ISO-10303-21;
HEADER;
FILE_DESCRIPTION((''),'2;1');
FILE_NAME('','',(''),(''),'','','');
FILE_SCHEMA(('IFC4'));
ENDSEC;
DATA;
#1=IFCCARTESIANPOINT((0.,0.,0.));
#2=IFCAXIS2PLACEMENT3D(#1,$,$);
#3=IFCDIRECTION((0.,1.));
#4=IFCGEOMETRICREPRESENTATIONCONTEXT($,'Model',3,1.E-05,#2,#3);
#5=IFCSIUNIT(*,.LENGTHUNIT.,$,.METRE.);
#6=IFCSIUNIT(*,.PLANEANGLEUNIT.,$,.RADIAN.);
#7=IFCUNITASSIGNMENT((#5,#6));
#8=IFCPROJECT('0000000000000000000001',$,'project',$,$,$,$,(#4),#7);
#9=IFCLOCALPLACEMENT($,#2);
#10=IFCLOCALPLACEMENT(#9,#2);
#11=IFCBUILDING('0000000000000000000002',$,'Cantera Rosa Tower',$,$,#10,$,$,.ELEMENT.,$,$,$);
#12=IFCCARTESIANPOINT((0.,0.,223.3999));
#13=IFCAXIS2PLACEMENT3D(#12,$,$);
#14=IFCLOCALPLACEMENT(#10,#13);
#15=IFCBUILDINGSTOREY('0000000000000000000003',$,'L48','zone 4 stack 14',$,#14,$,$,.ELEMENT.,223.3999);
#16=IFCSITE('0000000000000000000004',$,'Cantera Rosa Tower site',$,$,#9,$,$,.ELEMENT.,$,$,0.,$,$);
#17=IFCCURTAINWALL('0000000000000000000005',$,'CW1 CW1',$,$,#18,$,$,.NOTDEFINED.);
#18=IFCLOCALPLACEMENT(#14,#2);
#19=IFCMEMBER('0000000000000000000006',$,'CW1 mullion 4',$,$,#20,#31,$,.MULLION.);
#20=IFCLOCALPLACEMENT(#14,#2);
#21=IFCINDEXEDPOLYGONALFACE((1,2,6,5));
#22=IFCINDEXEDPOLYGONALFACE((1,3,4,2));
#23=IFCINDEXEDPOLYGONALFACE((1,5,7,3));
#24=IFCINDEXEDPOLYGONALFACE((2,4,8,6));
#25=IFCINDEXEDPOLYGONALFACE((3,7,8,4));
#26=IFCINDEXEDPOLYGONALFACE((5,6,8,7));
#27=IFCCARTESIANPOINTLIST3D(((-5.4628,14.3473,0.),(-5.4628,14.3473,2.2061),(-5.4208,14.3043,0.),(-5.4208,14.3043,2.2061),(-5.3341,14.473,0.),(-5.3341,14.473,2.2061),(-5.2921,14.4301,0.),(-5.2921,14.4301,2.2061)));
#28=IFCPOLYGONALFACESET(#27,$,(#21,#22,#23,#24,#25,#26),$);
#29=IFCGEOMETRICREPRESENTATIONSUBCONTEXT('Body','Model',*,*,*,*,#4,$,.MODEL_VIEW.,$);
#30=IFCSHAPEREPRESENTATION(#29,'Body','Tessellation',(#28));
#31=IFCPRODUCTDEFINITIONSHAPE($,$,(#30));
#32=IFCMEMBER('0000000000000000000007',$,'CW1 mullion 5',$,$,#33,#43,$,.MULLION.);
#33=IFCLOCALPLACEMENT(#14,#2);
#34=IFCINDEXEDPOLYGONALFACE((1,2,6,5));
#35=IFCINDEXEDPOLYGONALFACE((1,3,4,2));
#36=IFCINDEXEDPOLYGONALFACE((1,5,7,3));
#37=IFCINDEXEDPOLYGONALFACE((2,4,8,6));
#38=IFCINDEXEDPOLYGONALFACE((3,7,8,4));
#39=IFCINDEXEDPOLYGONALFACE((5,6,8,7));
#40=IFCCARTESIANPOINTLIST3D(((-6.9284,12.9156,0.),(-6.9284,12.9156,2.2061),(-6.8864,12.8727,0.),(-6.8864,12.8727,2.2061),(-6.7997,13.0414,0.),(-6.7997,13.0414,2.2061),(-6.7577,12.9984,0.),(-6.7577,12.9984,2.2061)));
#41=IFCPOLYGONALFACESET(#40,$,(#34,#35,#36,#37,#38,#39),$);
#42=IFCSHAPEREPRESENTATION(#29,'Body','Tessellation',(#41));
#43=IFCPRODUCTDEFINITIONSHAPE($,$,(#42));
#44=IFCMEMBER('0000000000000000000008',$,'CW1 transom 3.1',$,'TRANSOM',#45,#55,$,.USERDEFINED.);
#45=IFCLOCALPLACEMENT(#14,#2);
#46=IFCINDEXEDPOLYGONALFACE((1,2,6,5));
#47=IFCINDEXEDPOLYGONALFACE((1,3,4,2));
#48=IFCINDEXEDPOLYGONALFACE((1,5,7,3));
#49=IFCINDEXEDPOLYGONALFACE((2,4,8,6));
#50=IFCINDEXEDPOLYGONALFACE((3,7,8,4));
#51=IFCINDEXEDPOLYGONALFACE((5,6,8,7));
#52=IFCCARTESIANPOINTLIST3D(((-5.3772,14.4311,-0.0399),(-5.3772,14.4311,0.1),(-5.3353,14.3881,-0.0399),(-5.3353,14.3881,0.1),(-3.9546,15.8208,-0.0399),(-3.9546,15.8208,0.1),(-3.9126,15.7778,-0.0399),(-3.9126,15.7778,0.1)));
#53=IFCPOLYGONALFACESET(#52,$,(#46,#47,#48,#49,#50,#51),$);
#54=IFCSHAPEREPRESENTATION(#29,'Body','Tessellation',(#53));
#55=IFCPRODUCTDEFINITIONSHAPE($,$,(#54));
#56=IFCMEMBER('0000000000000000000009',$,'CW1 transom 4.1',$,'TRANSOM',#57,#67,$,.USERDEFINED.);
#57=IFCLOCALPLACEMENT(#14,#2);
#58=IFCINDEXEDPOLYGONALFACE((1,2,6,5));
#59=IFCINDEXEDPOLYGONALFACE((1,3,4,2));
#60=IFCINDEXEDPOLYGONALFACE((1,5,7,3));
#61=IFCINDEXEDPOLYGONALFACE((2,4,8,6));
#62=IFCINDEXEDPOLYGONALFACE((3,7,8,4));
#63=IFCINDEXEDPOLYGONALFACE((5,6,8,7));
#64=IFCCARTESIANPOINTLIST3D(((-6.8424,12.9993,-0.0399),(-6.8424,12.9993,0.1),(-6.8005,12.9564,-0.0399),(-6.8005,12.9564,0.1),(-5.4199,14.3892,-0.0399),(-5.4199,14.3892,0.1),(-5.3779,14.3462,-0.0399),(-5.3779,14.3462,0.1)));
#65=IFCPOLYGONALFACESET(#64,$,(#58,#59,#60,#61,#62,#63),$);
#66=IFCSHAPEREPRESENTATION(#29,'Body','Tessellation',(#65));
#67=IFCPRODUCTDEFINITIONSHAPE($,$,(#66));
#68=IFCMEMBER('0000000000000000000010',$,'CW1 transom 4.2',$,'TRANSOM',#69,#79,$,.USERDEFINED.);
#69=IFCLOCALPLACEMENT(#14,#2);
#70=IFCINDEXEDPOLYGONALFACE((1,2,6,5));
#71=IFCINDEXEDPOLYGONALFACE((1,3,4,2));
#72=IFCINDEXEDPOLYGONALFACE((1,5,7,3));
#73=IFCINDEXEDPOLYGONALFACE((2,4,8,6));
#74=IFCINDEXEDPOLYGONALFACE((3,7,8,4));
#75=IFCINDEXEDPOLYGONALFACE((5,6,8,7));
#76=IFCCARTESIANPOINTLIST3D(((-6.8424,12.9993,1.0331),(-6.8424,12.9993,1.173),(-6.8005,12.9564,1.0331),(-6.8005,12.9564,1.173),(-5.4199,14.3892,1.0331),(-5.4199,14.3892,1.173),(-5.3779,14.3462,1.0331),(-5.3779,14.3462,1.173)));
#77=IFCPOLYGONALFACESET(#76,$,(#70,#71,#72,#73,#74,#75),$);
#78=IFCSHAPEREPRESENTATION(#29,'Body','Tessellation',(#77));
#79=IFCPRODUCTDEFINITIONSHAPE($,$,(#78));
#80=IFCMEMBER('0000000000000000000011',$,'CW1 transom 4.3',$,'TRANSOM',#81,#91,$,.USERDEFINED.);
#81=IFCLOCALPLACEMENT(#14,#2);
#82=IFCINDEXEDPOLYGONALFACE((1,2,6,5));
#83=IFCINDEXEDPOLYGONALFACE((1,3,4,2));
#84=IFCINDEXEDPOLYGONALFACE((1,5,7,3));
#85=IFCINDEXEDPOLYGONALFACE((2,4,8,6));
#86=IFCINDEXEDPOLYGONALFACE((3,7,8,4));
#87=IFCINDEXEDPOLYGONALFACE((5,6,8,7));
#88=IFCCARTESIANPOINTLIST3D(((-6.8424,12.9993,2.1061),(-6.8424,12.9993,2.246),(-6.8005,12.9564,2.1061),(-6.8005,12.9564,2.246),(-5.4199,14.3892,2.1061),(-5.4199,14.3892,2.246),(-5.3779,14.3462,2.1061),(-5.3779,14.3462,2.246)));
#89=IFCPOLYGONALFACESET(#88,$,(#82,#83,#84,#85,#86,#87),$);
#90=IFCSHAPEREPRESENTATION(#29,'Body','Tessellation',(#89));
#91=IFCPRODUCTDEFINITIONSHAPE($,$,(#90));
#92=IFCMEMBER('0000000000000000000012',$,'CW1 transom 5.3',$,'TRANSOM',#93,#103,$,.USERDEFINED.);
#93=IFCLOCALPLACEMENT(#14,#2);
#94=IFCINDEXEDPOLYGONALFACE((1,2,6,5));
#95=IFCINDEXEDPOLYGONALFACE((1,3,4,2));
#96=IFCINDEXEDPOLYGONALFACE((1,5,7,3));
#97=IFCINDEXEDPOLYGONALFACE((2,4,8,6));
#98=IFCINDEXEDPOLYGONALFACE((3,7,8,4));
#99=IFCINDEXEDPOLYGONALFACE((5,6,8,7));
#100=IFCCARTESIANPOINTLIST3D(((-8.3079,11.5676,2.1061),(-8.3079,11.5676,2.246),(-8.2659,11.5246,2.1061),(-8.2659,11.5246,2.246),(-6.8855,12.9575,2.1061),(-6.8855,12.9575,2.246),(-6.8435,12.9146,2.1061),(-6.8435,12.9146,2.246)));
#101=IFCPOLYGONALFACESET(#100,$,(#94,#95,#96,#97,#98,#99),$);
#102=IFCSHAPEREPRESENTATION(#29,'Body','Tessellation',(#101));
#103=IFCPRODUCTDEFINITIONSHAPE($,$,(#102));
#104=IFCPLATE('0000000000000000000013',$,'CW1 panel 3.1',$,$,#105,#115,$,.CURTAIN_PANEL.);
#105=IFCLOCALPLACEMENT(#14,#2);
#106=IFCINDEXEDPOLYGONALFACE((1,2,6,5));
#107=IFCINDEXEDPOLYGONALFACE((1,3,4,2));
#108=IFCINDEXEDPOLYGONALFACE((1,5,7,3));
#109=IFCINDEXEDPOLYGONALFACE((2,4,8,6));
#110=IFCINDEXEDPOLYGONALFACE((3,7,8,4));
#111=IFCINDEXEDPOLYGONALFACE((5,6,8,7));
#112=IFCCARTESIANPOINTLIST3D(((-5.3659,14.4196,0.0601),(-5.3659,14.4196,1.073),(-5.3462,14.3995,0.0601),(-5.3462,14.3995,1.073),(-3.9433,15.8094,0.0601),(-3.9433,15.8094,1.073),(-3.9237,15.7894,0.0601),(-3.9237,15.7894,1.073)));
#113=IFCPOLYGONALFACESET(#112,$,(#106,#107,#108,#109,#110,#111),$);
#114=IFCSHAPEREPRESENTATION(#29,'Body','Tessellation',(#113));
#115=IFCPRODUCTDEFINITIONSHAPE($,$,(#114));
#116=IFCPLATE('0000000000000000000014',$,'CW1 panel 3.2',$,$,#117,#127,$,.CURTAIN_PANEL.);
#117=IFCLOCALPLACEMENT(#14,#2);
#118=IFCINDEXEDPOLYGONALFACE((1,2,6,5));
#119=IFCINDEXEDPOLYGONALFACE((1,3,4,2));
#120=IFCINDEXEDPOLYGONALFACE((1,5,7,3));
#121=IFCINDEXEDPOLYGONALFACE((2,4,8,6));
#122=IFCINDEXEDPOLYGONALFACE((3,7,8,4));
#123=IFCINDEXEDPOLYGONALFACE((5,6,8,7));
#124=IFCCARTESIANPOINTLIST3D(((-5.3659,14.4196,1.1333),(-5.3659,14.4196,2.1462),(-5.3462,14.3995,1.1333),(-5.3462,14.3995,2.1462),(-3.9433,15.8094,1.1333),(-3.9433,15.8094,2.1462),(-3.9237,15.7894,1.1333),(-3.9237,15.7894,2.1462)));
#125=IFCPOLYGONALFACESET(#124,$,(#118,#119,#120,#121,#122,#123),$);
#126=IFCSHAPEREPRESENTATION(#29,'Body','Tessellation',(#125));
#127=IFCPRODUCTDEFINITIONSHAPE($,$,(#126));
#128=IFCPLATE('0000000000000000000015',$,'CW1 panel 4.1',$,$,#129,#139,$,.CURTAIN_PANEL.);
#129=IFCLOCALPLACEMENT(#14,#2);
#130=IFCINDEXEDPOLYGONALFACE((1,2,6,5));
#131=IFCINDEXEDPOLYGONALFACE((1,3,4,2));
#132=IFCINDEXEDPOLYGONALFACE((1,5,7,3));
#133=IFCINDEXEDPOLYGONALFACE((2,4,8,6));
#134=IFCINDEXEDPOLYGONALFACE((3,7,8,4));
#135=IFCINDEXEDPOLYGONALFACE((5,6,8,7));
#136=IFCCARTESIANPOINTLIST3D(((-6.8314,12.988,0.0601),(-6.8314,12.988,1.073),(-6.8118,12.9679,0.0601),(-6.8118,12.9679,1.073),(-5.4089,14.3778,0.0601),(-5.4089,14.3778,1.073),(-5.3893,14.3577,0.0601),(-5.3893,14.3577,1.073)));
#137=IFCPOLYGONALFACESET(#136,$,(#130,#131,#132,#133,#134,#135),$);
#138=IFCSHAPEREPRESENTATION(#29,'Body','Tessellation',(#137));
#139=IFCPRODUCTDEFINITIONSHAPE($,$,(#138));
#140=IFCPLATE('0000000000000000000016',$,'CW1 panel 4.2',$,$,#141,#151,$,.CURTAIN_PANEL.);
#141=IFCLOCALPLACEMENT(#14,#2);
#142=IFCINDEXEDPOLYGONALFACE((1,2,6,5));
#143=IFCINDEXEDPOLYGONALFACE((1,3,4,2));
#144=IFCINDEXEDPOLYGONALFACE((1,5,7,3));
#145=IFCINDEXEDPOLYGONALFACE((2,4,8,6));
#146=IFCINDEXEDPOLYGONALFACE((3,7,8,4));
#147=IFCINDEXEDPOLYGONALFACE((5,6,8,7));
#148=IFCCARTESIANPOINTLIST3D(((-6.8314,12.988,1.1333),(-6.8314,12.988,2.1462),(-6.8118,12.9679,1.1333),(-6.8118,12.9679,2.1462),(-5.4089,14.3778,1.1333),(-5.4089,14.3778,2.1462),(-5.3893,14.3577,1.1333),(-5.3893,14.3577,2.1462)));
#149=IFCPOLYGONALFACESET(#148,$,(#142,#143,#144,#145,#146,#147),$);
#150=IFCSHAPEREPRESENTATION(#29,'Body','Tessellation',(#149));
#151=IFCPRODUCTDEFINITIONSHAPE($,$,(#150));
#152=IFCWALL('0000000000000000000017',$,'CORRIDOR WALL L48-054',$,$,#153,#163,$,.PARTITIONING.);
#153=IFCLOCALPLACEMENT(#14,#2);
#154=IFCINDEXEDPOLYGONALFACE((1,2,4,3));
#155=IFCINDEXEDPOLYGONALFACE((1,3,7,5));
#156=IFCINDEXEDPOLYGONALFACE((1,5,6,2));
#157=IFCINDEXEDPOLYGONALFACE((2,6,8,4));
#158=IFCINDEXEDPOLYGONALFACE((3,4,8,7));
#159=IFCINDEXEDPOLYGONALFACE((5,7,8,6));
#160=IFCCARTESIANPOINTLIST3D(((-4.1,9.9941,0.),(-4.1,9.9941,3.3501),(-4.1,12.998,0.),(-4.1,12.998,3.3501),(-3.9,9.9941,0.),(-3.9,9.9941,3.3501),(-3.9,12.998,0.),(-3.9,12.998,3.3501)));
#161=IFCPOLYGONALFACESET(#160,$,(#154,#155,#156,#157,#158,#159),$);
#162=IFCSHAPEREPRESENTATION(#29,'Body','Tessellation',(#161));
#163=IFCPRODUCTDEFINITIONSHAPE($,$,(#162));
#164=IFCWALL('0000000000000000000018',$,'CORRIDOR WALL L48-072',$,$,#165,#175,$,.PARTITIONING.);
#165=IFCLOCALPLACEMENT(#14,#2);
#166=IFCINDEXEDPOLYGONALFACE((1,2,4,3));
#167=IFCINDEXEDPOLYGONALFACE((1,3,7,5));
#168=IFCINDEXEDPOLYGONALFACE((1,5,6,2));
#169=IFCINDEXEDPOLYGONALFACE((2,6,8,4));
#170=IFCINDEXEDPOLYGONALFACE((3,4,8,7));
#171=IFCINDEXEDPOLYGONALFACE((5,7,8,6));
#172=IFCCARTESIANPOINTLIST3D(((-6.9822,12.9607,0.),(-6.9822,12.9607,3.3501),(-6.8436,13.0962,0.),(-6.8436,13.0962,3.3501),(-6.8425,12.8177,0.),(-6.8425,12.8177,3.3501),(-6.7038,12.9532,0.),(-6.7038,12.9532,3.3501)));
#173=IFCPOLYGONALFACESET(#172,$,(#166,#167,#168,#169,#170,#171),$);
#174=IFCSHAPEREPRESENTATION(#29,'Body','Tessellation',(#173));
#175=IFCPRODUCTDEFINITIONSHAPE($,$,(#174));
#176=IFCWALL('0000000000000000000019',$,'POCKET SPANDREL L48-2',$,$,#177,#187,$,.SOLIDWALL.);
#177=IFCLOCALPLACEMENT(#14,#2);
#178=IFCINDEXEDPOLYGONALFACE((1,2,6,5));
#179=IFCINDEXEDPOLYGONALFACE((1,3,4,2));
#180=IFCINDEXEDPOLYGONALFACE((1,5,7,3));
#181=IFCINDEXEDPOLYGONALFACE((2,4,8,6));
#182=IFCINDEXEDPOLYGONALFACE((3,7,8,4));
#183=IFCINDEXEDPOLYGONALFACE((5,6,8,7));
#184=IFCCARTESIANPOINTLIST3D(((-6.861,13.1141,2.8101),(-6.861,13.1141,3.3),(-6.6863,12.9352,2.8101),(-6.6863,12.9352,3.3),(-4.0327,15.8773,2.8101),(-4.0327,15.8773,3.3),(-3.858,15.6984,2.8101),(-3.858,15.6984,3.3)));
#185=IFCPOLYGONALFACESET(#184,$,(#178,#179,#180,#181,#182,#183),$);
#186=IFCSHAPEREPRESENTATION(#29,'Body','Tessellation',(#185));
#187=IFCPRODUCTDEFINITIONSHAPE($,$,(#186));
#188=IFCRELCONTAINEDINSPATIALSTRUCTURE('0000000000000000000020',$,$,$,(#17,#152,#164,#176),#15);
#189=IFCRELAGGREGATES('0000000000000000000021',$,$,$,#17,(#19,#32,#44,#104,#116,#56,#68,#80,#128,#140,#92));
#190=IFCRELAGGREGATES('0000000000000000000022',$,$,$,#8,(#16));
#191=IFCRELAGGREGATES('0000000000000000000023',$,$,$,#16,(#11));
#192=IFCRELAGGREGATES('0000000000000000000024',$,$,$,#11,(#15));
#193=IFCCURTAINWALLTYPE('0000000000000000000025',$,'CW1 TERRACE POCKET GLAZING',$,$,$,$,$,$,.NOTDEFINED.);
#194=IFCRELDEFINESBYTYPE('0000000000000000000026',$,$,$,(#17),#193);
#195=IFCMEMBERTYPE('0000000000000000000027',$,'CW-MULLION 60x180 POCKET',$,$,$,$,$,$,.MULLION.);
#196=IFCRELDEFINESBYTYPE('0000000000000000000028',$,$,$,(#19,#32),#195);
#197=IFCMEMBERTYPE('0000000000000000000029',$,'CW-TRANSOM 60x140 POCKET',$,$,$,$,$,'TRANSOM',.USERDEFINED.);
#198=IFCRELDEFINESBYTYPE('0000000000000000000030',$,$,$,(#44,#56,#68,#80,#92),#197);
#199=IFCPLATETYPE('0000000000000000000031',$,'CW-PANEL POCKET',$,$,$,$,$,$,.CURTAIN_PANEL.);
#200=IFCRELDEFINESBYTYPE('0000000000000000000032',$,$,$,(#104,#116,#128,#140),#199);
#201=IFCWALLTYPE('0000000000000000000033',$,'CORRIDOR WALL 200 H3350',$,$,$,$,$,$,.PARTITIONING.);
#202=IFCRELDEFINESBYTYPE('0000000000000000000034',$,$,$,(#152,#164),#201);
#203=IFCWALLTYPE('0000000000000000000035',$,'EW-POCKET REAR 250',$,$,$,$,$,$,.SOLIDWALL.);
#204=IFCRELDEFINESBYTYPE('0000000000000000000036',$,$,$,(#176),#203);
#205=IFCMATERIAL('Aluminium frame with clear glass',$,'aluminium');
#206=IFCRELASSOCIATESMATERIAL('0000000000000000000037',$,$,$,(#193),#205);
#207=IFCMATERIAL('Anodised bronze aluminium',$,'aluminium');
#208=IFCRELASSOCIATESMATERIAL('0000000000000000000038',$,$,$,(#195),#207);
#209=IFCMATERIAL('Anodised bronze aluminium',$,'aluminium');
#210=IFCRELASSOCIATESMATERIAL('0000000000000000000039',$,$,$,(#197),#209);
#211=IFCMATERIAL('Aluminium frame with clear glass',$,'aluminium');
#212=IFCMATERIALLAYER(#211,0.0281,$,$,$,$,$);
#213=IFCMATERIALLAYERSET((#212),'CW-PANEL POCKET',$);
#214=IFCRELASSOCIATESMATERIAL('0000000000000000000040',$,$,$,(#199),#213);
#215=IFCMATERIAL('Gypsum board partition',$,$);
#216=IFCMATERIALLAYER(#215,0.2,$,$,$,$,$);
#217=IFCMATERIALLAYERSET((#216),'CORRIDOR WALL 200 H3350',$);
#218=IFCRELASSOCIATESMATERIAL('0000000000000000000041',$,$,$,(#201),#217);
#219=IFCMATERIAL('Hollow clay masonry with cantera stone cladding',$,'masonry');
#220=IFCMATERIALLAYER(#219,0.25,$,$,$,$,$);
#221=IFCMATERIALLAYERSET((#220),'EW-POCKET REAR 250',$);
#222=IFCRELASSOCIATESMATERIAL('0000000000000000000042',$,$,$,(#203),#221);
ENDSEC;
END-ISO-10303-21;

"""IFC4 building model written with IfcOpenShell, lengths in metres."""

from ifc_helpers import new_model, si_unit, direction, frame, frame_2d, origin, origin_2d, place, context, subcontext, project, spatial, rectangle, extrude, material, layer, layer_set, material_profile, profile_set, type_object, element, aggregate, save


model = new_model("IFC4")

# Units and contexts
model_context = context("Model", 3, precision=1e-05, world=origin(), true_north=direction((0.0, 1.0)))
body_context = subcontext(model_context, "Body", "Model", "MODEL_VIEW")
ifc_project = project(units=[si_unit("LENGTHUNIT", "METRE"), si_unit("PLANEANGLEUNIT", "RADIAN")], contexts=[model_context])

# Site, building, storey
site_placement = place(None, origin())
site = spatial("IfcSite", under=ifc_project, at=site_placement, Name="Cantera Rosa Tower site", CompositionType="ELEMENT", RefElevation=0.0)
building_placement = place(site_placement, origin())
building = spatial("IfcBuilding", under=site, at=building_placement, Name="Cantera Rosa Tower", CompositionType="ELEMENT")
storey_placement = place(building_placement, frame((0.0, 0.0, 223.3999)))
storey = spatial("IfcBuildingStorey", under=building, at=storey_placement, Name="L48", Description="zone 4 stack 14", CompositionType="ELEMENT", Elevation=223.3999)

# Curtain wall, members, plates
ifc_material_1 = material(Name="Aluminium frame with clear glass", Category="aluminium")
curtain_wall_type = type_object("IfcCurtainWallType", Name="CW1 TERRACE POCKET GLAZING", PredefinedType="NOTDEFINED", material=ifc_material_1)
curtain_wall_placement = place(storey_placement, origin())
curtain_wall = element("IfcCurtainWall", 1, at=curtain_wall_placement, inside=storey, type_object=curtain_wall_type, Name="CW1 CW1", PredefinedType="NOTDEFINED")
ifc_material_2 = material(Name="Anodised bronze aluminium", Category="aluminium")
ifc_material_profile_1 = material_profile(ifc_material_2, rectangle(XDim=0.0601, YDim=0.1799, at=origin_2d()), Name="CW-MULLION 60x180 POCKET")
ifc_profile_set_1 = profile_set([ifc_material_profile_1], Name="Anodised bronze aluminium")
member_type_1 = type_object("IfcMemberType", Name="CW-MULLION 60x180 POCKET", PredefinedType="MULLION", material=ifc_profile_set_1)
member_1_placement = place(storey_placement, frame((-5.3774, 14.3887, 0.0), z_axis=(0.0, 0.0, 1.0), x_axis=(0.698832, -0.715286, 0.0)))
member_1 = element("IfcMember", 2, at=member_1_placement, type_object=member_type_1, Name="CW1 mullion 4", PredefinedType="MULLION", context=body_context, shape_type="SweptSolid", body=[
    extrude(rectangle(XDim=0.0601, YDim=0.1799, at=origin_2d()), origin(), (0.0, 0.0, 1.0), 2.2061),
])
member_2_placement = place(storey_placement, frame((-6.843, 12.957, 0.0), z_axis=(0.0, 0.0, 1.0), x_axis=(0.698832, -0.715286, 0.0)))
member_2 = element("IfcMember", 3, at=member_2_placement, type_object=member_type_1, Name="CW1 mullion 5", PredefinedType="MULLION", context=body_context, shape_type="SweptSolid", body=[
    extrude(rectangle(XDim=0.0601, YDim=0.1799, at=origin_2d()), origin(), (0.0, 0.0, 1.0), 2.2061),
])
ifc_material_3 = material(Name="Anodised bronze aluminium", Category="aluminium")
ifc_material_profile_2 = material_profile(ifc_material_3, rectangle(XDim=0.0601, YDim=0.1399, at=origin_2d()), Name="CW-TRANSOM 60x140 POCKET")
ifc_profile_set_2 = profile_set([ifc_material_profile_2], Name="Anodised bronze aluminium")
member_type_2 = type_object("IfcMemberType", Name="CW-TRANSOM 60x140 POCKET", ElementType="TRANSOM", PredefinedType="USERDEFINED", material=ifc_profile_set_2)
member_3_placement = place(storey_placement, frame((-3.9336, 15.7993, 0.03), z_axis=(-0.715345, -0.698772, 0.0), x_axis=(0.698772, -0.715345, 0.0)))
member_3 = element("IfcMember", 4, at=member_3_placement, type_object=member_type_2, Name="CW1 transom 3.1", ObjectType="TRANSOM", PredefinedType="USERDEFINED", context=body_context, shape_type="SweptSolid", body=[
    extrude(rectangle(XDim=0.0601, YDim=0.1399, at=origin_2d()), origin(), (0.0, 0.0, 1.0), 1.9888),
])
member_4_placement = place(storey_placement, frame((-5.3989, 14.3677, 0.03), z_axis=(-0.715283, -0.698834, 0.0), x_axis=(0.698834, -0.715283, 0.0)))
member_4 = element("IfcMember", 5, at=member_4_placement, type_object=member_type_2, Name="CW1 transom 4.1", ObjectType="TRANSOM", PredefinedType="USERDEFINED", context=body_context, shape_type="SweptSolid", body=[
    extrude(rectangle(XDim=0.0601, YDim=0.1399, at=origin_2d()), origin(), (0.0, 0.0, 1.0), 1.9888),
])
member_5_placement = place(storey_placement, frame((-5.3989, 14.3677, 1.103), z_axis=(-0.715283, -0.698834, 0.0), x_axis=(0.698834, -0.715283, 0.0)))
member_5 = element("IfcMember", 6, at=member_5_placement, type_object=member_type_2, Name="CW1 transom 4.2", ObjectType="TRANSOM", PredefinedType="USERDEFINED", context=body_context, shape_type="SweptSolid", body=[
    extrude(rectangle(XDim=0.0601, YDim=0.1399, at=origin_2d()), origin(), (0.0, 0.0, 1.0), 1.9888),
])
member_6_placement = place(storey_placement, frame((-5.3989, 14.3677, 2.176), z_axis=(-0.715283, -0.698834, 0.0), x_axis=(0.698834, -0.715283, 0.0)))
member_6 = element("IfcMember", 7, at=member_6_placement, type_object=member_type_2, Name="CW1 transom 4.3", ObjectType="TRANSOM", PredefinedType="USERDEFINED", context=body_context, shape_type="SweptSolid", body=[
    extrude(rectangle(XDim=0.0601, YDim=0.1399, at=origin_2d()), origin(), (0.0, 0.0, 1.0), 1.9888),
])
member_7_placement = place(storey_placement, frame((-6.8645, 12.936, 2.176), z_axis=(-0.715223, -0.698896, 0.0), x_axis=(0.698896, -0.715223, 0.0)))
member_7 = element("IfcMember", 8, at=member_7_placement, type_object=member_type_2, Name="CW1 transom 5.3", ObjectType="TRANSOM", PredefinedType="USERDEFINED", context=body_context, shape_type="SweptSolid", body=[
    extrude(rectangle(XDim=0.0601, YDim=0.1399, at=origin_2d()), origin(), (0.0, 0.0, 1.0), 1.9888),
])
ifc_material_4 = material(Name="Aluminium frame with clear glass", Category="aluminium")
ifc_layer_1 = layer(ifc_material_4, 0.0281)
ifc_layer_set_1 = layer_set([ifc_layer_1], Name="CW-PANEL POCKET")
plate_type = type_object("IfcPlateType", Name="CW-PANEL POCKET", PredefinedType="CURTAIN_PANEL", material=ifc_layer_set_1)
plate_1_placement = place(storey_placement, frame((-4.6448, 15.1045, 0.0601), z_axis=(0.0, 0.0, 1.0), x_axis=(-0.715286, -0.698832, 0.0)))
plate_1 = element("IfcPlate", 9, at=plate_1_placement, type_object=plate_type, Name="CW1 panel 3.1", PredefinedType="CURTAIN_PANEL", context=body_context, shape_type="SweptSolid", body=[
    extrude(rectangle(XDim=1.9888, YDim=0.0281, at=origin_2d()), origin(), (0.0, 0.0, 1.0), 1.0129),
])
plate_2_placement = place(storey_placement, frame((-4.6448, 15.1045, 1.1333), z_axis=(0.0, 0.0, 1.0), x_axis=(-0.715286, -0.698832, 0.0)))
plate_2 = element("IfcPlate", 10, at=plate_2_placement, type_object=plate_type, Name="CW1 panel 3.2", PredefinedType="CURTAIN_PANEL", context=body_context, shape_type="SweptSolid", body=[
    extrude(rectangle(XDim=1.9888, YDim=0.0281, at=origin_2d()), origin(), (0.0, 0.0, 1.0), 1.0129),
])
plate_3_placement = place(storey_placement, frame((-6.1104, 13.6729, 0.0601), z_axis=(0.0, 0.0, 1.0), x_axis=(-0.715286, -0.698832, 0.0)))
plate_3 = element("IfcPlate", 11, at=plate_3_placement, type_object=plate_type, Name="CW1 panel 4.1", PredefinedType="CURTAIN_PANEL", context=body_context, shape_type="SweptSolid", body=[
    extrude(rectangle(XDim=1.9888, YDim=0.0281, at=origin_2d()), origin(), (0.0, 0.0, 1.0), 1.0129),
])
plate_4_placement = place(storey_placement, frame((-6.1104, 13.6729, 1.1333), z_axis=(0.0, 0.0, 1.0), x_axis=(-0.715286, -0.698832, 0.0)))
plate_4 = element("IfcPlate", 12, at=plate_4_placement, type_object=plate_type, Name="CW1 panel 4.2", PredefinedType="CURTAIN_PANEL", context=body_context, shape_type="SweptSolid", body=[
    extrude(rectangle(XDim=1.9888, YDim=0.0281, at=origin_2d()), origin(), (0.0, 0.0, 1.0), 1.0129),
])
aggregate(curtain_wall, [member_1, member_2, member_3, plate_1, plate_2, member_4, member_5, member_6, plate_3, plate_4, member_7])

# Walls
ifc_material_5 = material(Name="Gypsum board partition")
ifc_layer_2 = layer(ifc_material_5, 0.2)
ifc_layer_set_2 = layer_set([ifc_layer_2], Name="CORRIDOR WALL 200 H3350")
wall_type_1 = type_object("IfcWallType", Name="CORRIDOR WALL 200 H3350", PredefinedType="PARTITIONING", material=ifc_layer_set_2)
wall_1_placement = place(storey_placement, frame((-4.0, 12.998, 0.0), z_axis=(0.0, 0.0, 1.0), x_axis=(0.0, -1.0, 0.0)))
element("IfcWall", 13, at=wall_1_placement, inside=storey, type_object=wall_type_1, Name="CORRIDOR WALL L48-054", PredefinedType="PARTITIONING", context=body_context, shape_type="SweptSolid", body=[
    extrude(rectangle(XDim=3.0039, YDim=0.2, at=frame_2d((1.502, 0.0))), origin(), (0.0, 0.0, 1.0), 3.3501),
])
wall_2_placement = place(storey_placement, frame((-6.7737, 13.0247, 0.0), z_axis=(0.0, 0.0, 1.0), x_axis=(-0.715244, -0.698874, 0.0)))
element("IfcWall", 14, at=wall_2_placement, inside=storey, type_object=wall_type_1, Name="CORRIDOR WALL L48-072", PredefinedType="PARTITIONING", context=body_context, shape_type="SweptSolid", body=[
    extrude(rectangle(XDim=0.1938, YDim=0.2, at=frame_2d((0.0969, 0.0))), origin(), (0.0, 0.0, 1.0), 3.3501),
])
ifc_material_6 = material(Name="Hollow clay masonry with cantera stone cladding", Category="masonry")
ifc_layer_3 = layer(ifc_material_6, 0.25)
ifc_layer_set_3 = layer_set([ifc_layer_3], Name="EW-POCKET REAR 250")
wall_type_2 = type_object("IfcWallType", Name="EW-POCKET REAR 250", PredefinedType="SOLIDWALL", material=ifc_layer_set_3)
wall_3_placement = place(storey_placement, frame((-3.9453, 15.7878, 2.8101), z_axis=(0.0, 0.0, 1.0), x_axis=(-0.715302, -0.698816, 0.0)))
element("IfcWall", 15, at=wall_3_placement, inside=storey, type_object=wall_type_2, Name="POCKET SPANDREL L48-2", PredefinedType="SOLIDWALL", context=body_context, shape_type="SweptSolid", body=[
    extrude(rectangle(XDim=3.9541, YDim=0.25, at=frame_2d((1.9771, 0.0))), origin(), (0.0, 0.0, 1.0), 0.49),
])

save(model, "model.ifc")
